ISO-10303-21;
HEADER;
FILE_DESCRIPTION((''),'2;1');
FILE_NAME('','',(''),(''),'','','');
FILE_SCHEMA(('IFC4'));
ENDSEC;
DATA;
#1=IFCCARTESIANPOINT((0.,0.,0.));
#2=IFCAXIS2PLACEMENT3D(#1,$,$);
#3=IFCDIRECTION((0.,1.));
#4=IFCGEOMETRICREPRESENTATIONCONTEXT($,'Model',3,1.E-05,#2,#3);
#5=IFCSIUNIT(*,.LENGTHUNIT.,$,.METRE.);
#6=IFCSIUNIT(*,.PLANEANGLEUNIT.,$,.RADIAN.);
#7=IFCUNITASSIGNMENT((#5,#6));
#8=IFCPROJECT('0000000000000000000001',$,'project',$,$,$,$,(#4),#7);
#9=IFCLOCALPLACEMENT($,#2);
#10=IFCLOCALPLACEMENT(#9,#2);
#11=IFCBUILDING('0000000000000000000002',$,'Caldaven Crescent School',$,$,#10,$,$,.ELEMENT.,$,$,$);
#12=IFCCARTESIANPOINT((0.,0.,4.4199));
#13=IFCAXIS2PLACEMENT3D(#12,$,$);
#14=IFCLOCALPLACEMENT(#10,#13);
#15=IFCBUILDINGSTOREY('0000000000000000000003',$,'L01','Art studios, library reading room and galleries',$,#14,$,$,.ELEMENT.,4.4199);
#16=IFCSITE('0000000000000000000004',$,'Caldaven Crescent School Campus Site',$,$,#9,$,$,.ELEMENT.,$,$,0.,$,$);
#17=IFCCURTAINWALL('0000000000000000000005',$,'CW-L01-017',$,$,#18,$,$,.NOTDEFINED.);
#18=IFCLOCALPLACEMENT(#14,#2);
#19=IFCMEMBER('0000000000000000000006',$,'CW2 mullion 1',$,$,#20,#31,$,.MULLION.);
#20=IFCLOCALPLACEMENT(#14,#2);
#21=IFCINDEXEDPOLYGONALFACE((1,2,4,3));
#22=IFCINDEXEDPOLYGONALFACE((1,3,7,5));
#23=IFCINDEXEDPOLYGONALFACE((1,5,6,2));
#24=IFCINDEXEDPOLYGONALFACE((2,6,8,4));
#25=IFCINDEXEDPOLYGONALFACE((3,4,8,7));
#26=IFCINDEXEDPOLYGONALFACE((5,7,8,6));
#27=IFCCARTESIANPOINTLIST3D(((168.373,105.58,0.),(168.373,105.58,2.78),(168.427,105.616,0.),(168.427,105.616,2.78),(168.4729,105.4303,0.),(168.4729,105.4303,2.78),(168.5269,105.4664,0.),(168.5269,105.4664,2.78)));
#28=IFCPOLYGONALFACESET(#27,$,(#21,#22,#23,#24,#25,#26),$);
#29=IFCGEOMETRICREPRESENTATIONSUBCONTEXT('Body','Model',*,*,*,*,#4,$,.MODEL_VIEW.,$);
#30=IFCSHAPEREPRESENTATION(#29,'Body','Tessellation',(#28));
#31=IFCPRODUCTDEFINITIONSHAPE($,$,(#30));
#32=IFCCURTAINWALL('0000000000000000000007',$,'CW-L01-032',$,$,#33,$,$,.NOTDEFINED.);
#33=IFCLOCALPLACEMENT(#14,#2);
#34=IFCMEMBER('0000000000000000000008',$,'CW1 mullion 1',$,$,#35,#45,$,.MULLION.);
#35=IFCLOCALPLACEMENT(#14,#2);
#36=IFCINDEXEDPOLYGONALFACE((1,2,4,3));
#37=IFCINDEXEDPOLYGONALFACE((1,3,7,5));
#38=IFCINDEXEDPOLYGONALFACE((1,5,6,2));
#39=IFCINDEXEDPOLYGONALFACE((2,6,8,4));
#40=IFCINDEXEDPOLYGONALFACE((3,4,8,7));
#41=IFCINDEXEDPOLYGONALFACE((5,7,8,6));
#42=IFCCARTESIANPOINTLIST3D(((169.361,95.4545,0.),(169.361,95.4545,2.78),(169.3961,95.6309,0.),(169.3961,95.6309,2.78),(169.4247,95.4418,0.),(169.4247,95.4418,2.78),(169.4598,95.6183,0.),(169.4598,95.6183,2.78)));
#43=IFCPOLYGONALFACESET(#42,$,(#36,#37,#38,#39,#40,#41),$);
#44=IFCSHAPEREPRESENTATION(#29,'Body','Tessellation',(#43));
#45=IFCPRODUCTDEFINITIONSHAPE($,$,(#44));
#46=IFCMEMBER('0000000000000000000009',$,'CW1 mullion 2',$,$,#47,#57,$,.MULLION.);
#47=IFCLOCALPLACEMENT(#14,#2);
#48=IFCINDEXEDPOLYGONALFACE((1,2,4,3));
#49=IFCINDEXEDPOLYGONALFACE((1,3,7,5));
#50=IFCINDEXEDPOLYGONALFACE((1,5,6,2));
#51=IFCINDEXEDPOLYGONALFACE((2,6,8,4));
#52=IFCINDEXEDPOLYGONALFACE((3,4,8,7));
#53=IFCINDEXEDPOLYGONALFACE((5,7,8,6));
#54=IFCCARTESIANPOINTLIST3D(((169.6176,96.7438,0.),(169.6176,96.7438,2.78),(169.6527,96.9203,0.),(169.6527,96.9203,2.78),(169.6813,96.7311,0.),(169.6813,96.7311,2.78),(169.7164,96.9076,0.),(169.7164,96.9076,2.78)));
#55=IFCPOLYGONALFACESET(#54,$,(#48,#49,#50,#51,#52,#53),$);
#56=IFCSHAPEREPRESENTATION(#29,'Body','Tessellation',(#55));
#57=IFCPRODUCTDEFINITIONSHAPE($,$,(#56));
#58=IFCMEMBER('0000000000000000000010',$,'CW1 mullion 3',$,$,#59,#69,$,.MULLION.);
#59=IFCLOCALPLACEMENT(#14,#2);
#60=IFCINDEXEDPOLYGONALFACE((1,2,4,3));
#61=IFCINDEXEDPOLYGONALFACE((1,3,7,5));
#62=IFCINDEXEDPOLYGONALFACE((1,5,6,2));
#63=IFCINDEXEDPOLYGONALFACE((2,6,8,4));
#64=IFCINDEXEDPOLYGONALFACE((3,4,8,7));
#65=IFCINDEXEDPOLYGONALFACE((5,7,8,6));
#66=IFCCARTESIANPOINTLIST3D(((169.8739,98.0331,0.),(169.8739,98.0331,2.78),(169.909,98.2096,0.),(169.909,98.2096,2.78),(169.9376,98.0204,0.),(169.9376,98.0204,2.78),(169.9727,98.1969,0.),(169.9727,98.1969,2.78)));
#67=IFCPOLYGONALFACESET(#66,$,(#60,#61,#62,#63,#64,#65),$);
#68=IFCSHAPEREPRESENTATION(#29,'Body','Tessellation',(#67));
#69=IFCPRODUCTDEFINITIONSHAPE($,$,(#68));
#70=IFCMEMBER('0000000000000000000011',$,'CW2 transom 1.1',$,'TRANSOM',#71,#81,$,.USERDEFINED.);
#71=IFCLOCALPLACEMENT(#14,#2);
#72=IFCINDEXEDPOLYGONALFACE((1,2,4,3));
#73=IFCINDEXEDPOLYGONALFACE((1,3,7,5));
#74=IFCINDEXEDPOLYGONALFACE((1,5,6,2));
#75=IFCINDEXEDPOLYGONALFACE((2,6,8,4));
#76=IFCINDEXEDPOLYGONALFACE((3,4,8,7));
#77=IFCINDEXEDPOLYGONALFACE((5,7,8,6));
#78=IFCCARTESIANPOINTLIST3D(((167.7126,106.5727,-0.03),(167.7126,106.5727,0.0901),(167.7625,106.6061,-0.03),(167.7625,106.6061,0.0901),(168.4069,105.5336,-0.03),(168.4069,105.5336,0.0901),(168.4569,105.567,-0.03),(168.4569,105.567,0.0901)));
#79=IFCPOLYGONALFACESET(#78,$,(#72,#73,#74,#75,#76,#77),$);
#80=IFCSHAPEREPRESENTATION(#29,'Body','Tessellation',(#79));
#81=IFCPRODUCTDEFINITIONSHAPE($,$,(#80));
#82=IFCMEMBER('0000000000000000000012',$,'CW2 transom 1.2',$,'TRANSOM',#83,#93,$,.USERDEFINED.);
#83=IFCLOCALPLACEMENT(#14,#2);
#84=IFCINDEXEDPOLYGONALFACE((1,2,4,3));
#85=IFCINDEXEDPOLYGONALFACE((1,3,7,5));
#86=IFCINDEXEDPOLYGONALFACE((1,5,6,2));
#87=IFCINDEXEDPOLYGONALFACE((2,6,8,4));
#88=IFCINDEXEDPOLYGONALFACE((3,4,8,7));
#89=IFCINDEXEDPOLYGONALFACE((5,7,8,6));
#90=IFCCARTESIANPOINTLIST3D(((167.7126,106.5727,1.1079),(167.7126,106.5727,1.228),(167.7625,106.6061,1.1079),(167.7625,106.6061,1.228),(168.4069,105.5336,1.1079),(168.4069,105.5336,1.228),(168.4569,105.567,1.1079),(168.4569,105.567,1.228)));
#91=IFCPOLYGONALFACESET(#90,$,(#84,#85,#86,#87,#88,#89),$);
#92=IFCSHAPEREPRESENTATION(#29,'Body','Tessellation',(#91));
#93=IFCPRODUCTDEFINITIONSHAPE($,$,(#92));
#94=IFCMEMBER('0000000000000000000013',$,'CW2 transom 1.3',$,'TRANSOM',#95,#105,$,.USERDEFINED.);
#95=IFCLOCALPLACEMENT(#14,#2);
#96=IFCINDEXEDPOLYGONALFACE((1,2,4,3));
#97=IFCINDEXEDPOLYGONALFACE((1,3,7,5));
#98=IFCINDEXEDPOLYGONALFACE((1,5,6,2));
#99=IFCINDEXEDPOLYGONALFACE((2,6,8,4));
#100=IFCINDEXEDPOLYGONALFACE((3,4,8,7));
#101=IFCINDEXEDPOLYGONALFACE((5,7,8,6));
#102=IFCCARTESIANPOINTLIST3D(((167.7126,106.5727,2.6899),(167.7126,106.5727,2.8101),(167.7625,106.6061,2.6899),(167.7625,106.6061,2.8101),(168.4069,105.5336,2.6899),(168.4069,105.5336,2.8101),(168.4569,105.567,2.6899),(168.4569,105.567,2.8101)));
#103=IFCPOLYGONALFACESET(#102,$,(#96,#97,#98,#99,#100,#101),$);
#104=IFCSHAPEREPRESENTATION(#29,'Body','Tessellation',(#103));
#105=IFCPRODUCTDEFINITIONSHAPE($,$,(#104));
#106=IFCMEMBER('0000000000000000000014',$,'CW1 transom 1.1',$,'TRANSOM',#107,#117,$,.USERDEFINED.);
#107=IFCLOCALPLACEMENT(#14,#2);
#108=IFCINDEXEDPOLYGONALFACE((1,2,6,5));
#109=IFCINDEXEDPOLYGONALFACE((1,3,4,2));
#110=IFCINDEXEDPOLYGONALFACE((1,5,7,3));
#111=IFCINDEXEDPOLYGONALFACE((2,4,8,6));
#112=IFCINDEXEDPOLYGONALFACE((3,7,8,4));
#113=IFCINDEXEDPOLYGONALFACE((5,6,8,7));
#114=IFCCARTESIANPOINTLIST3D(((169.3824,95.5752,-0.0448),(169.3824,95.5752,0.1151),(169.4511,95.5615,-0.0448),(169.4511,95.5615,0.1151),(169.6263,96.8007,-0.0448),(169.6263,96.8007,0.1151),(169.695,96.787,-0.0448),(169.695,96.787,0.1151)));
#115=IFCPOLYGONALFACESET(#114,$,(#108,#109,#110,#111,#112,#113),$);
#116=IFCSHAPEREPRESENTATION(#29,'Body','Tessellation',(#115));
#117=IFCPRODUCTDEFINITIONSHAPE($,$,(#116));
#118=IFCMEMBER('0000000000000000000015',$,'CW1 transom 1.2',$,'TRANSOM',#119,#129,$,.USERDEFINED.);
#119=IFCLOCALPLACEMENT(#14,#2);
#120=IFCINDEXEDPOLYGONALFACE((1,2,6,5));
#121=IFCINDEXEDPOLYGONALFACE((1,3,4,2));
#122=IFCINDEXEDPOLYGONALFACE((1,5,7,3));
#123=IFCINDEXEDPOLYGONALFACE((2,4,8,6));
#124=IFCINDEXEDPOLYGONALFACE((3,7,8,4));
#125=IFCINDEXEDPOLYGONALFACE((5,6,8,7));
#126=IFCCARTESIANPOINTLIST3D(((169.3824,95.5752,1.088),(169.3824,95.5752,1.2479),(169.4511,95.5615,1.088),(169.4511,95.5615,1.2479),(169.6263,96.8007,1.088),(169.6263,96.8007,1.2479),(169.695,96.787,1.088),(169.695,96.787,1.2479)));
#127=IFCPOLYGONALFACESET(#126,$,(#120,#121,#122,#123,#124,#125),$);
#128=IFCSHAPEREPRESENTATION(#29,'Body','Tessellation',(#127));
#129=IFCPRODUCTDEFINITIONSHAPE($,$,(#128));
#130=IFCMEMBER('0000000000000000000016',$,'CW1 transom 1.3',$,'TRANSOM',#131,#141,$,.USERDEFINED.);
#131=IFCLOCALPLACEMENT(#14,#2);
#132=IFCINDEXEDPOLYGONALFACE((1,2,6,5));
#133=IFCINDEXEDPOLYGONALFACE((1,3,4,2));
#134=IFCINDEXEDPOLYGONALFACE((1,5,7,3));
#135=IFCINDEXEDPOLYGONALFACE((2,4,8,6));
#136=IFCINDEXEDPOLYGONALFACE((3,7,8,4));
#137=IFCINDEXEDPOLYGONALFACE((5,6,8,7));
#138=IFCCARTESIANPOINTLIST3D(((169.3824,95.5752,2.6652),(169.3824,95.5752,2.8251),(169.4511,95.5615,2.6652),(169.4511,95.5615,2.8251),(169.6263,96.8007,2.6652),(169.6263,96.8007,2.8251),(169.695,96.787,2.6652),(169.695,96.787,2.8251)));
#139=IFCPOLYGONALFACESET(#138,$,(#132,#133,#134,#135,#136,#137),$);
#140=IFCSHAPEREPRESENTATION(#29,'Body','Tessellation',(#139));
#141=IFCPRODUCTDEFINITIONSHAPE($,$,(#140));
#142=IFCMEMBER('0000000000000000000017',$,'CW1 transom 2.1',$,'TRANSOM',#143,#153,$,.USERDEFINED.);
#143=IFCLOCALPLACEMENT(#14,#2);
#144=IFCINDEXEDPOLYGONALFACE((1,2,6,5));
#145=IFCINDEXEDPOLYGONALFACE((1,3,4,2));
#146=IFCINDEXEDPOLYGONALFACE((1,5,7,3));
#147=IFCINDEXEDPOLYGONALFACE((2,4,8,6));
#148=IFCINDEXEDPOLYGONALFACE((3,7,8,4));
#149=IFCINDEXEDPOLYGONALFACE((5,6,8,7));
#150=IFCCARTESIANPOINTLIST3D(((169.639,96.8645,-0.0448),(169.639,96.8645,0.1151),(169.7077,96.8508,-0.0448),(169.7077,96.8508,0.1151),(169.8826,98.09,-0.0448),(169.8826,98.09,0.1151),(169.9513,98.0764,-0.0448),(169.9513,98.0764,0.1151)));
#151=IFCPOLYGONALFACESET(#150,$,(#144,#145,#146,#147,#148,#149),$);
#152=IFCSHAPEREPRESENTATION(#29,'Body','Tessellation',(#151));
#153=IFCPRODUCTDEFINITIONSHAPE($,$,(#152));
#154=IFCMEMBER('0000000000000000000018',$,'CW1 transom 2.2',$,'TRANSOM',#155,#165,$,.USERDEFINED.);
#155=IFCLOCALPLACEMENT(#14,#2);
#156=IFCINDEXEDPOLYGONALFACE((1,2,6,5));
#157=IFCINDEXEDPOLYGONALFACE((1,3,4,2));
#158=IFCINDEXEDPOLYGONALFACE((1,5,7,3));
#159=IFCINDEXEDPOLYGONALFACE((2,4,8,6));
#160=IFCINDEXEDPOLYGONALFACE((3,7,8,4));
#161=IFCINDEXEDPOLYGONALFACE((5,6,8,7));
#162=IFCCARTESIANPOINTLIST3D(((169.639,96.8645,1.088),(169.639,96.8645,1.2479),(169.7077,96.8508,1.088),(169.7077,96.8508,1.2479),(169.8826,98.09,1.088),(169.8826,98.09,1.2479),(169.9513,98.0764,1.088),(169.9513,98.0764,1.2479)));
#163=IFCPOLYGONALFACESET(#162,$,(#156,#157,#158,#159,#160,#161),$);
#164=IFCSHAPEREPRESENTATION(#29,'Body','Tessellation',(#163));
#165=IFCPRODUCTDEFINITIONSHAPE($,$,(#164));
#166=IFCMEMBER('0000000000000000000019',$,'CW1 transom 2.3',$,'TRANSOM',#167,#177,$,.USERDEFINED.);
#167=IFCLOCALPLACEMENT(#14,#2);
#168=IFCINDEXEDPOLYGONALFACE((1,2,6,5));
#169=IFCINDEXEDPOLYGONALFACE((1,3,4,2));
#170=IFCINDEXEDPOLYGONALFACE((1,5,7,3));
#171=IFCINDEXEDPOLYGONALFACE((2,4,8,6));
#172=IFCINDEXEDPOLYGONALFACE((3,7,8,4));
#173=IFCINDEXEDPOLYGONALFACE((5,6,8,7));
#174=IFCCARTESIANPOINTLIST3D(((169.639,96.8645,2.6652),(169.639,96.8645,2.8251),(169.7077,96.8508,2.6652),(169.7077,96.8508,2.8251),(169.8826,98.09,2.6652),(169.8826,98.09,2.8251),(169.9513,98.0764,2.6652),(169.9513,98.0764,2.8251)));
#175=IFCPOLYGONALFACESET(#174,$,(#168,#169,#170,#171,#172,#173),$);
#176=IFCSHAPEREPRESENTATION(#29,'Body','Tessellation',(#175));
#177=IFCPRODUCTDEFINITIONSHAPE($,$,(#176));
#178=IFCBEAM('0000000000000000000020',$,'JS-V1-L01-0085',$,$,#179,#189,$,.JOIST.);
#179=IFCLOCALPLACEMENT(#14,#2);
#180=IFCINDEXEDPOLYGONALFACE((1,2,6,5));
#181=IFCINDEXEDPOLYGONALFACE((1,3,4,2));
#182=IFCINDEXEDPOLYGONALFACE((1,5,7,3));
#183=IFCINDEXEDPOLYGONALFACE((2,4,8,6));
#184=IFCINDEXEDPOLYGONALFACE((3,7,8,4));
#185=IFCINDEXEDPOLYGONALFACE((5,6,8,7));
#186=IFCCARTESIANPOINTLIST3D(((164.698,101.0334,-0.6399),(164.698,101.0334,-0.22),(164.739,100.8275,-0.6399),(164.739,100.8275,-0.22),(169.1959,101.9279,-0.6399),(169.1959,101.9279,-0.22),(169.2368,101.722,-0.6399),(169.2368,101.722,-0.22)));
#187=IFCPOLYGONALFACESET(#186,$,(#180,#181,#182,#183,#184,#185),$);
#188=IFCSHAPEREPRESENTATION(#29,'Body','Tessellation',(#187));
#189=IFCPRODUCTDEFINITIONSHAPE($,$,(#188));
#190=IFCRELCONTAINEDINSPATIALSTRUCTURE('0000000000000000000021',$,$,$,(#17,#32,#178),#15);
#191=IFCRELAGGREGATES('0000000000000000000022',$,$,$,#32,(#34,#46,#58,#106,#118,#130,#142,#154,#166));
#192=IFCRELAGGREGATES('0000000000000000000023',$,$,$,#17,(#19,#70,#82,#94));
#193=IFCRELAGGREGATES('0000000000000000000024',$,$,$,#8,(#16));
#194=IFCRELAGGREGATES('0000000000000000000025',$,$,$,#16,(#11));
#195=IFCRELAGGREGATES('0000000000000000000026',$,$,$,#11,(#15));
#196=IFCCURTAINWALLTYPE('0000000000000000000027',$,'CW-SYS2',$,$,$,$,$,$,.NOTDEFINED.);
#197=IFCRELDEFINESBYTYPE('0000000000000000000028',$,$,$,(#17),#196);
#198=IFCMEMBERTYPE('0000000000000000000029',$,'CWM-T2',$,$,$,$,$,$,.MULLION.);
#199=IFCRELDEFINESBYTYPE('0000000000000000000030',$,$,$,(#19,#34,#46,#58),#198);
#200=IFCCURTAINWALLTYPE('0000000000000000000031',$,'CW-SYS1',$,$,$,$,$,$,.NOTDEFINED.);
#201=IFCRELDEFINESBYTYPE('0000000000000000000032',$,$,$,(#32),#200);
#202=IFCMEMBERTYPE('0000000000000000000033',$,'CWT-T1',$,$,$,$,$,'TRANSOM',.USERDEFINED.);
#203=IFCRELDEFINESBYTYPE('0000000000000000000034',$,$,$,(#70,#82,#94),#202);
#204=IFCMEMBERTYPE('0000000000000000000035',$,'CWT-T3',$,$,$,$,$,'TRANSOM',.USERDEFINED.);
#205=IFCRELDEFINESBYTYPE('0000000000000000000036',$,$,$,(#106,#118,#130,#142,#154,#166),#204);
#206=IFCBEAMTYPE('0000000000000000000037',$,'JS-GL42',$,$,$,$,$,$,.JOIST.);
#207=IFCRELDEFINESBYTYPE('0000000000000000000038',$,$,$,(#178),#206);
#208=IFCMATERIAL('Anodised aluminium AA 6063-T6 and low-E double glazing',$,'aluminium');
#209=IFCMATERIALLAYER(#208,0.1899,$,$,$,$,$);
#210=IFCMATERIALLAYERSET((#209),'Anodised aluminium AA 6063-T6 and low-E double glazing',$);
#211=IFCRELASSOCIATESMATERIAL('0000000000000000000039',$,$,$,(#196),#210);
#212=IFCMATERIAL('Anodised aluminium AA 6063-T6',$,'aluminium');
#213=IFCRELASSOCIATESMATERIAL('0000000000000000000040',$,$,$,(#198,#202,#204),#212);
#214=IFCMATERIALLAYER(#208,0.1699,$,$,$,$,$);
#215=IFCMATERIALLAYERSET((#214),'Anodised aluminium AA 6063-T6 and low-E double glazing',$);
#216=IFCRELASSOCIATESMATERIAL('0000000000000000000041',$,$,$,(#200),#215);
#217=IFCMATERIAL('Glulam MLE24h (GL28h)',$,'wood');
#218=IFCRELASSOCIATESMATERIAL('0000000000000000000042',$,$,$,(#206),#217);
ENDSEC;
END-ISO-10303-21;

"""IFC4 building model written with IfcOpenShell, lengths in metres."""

from ifc_helpers import new_model, si_unit, direction, frame, origin, origin_2d, place, context, subcontext, project, spatial, rectangle, extrude, material, layer, layer_set, material_profile, profile_set, type_object, element, aggregate, save


model = new_model("IFC4")

# Units and contexts
model_context = context("Model", 3, precision=1e-05, world=origin(), true_north=direction((0.0, 1.0)))
body_context = subcontext(model_context, "Body", "Model", "MODEL_VIEW")
ifc_project = project(units=[si_unit("LENGTHUNIT", "METRE"), si_unit("PLANEANGLEUNIT", "RADIAN")], contexts=[model_context])

# Site, building, storey
site_placement = place(None, origin())
site = spatial("IfcSite", under=ifc_project, at=site_placement, Name="Caldaven Crescent School Campus Site", CompositionType="ELEMENT", RefElevation=0.0)
building_placement = place(site_placement, origin())
building = spatial("IfcBuilding", under=site, at=building_placement, Name="Caldaven Crescent School", CompositionType="ELEMENT")
storey_placement = place(building_placement, frame((0.0, 0.0, 4.4199)))
storey = spatial("IfcBuildingStorey", under=building, at=storey_placement, Name="L01", Description="Art studios, library reading room and galleries", CompositionType="ELEMENT", Elevation=4.4199)

# Shared definitions
ifc_material_1 = material(Name="Glulam MLE24h (GL28h)", Category="wood")

# Curtain wall, member
ifc_material_2 = material(Name="Anodised aluminium AA 6063-T6 and low-E double glazing", Category="aluminium")
ifc_layer_1 = layer(ifc_material_2, 0.1899)
ifc_layer_set_1 = layer_set([ifc_layer_1], Name="Anodised aluminium AA 6063-T6 and low-E double glazing")
curtain_wall_type_1 = type_object("IfcCurtainWallType", Name="CW-SYS2", PredefinedType="NOTDEFINED", material=ifc_layer_set_1)
curtain_wall_1_placement = place(storey_placement, origin())
curtain_wall_1 = element("IfcCurtainWall", 1, at=curtain_wall_1_placement, inside=storey, type_object=curtain_wall_type_1, Name="CW-L01-017", PredefinedType="NOTDEFINED")
ifc_material_3 = material(Name="Anodised aluminium AA 6063-T6", Category="aluminium")
ifc_material_profile_1 = material_profile(ifc_material_3, rectangle(XDim=0.0649, YDim=0.1799, at=origin_2d()), Name="CWM 65x180")
ifc_profile_set_1 = profile_set([ifc_material_profile_1], Name="Anodised aluminium AA 6063-T6")
member_type_1 = type_object("IfcMemberType", Name="CWM-T2", PredefinedType="MULLION", material=ifc_profile_set_1)
member_1_placement = place(storey_placement, frame((168.45, 105.5232, 0.0), z_axis=(0.0, 0.0, 1.0), x_axis=(-0.83147, -0.555569, 0.0)))
member_1 = element("IfcMember", 2, at=member_1_placement, type_object=member_type_1, Name="CW2 mullion 1", PredefinedType="MULLION", context=body_context, shape_type="SweptSolid", body=[
    extrude(rectangle(XDim=0.0649, YDim=0.1799, at=origin_2d()), origin(), (0.0, 0.0, 1.0), 2.78),
])

# Curtain wall, members
ifc_layer_2 = layer(ifc_material_2, 0.1699)
ifc_layer_set_2 = layer_set([ifc_layer_2], Name="Anodised aluminium AA 6063-T6 and low-E double glazing")
curtain_wall_type_2 = type_object("IfcCurtainWallType", Name="CW-SYS1", PredefinedType="NOTDEFINED", material=ifc_layer_set_2)
curtain_wall_2_placement = place(storey_placement, origin())
curtain_wall_2 = element("IfcCurtainWall", 3, at=curtain_wall_2_placement, inside=storey, type_object=curtain_wall_type_2, Name="CW-L01-032", PredefinedType="NOTDEFINED")
member_2_placement = place(storey_placement, frame((169.4104, 95.5364, 0.0), z_axis=(0.0, 0.0, 1.0), x_axis=(-0.980785, 0.19509, 0.0)))
member_2 = element("IfcMember", 4, at=member_2_placement, type_object=member_type_1, Name="CW1 mullion 1", PredefinedType="MULLION", context=body_context, shape_type="SweptSolid", body=[
    extrude(rectangle(XDim=0.0649, YDim=0.1799, at=origin_2d()), origin(), (0.0, 0.0, 1.0), 2.78),
])
member_3_placement = place(storey_placement, frame((169.667, 96.8257, 0.0), z_axis=(0.0, 0.0, 1.0), x_axis=(-0.980785, 0.19509, 0.0)))
member_3 = element("IfcMember", 5, at=member_3_placement, type_object=member_type_1, Name="CW1 mullion 2", PredefinedType="MULLION", context=body_context, shape_type="SweptSolid", body=[
    extrude(rectangle(XDim=0.0649, YDim=0.1799, at=origin_2d()), origin(), (0.0, 0.0, 1.0), 2.78),
])
member_4_placement = place(storey_placement, frame((169.9233, 98.115, 0.0), z_axis=(0.0, 0.0, 1.0), x_axis=(-0.980785, 0.19509, 0.0)))
member_4 = element("IfcMember", 6, at=member_4_placement, type_object=member_type_1, Name="CW1 mullion 3", PredefinedType="MULLION", context=body_context, shape_type="SweptSolid", body=[
    extrude(rectangle(XDim=0.0649, YDim=0.1799, at=origin_2d()), origin(), (0.0, 0.0, 1.0), 2.78),
])

# Members
ifc_material_profile_2 = material_profile(ifc_material_3, rectangle(XDim=0.0601, YDim=0.1201, at=origin_2d()), Name="CWT 60x120")
ifc_profile_set_2 = profile_set([ifc_material_profile_2], Name="Anodised aluminium AA 6063-T6")
member_type_2 = type_object("IfcMemberType", Name="CWT-T1", ElementType="TRANSOM", PredefinedType="USERDEFINED", material=ifc_profile_set_2)
member_5_placement = place(storey_placement, frame((168.4319, 105.5503, 0.03), z_axis=(-0.555602, 0.831449, 0.0), x_axis=(-0.831449, -0.555602, 0.0)))
member_5 = element("IfcMember", 7, at=member_5_placement, type_object=member_type_2, Name="CW2 transom 1.1", ObjectType="TRANSOM", PredefinedType="USERDEFINED", context=body_context, shape_type="SweptSolid", body=[
    extrude(rectangle(XDim=0.0601, YDim=0.1201, at=origin_2d()), origin(), (0.0, 0.0, 1.0), 1.2498),
])
member_6_placement = place(storey_placement, frame((168.4319, 105.5503, 1.168), z_axis=(-0.555602, 0.831449, 0.0), x_axis=(-0.831449, -0.555602, 0.0)))
member_6 = element("IfcMember", 8, at=member_6_placement, type_object=member_type_2, Name="CW2 transom 1.2", ObjectType="TRANSOM", PredefinedType="USERDEFINED", context=body_context, shape_type="SweptSolid", body=[
    extrude(rectangle(XDim=0.0601, YDim=0.1201, at=origin_2d()), origin(), (0.0, 0.0, 1.0), 1.2498),
])
member_7_placement = place(storey_placement, frame((168.4319, 105.5503, 2.75), z_axis=(-0.555602, 0.831449, 0.0), x_axis=(-0.831449, -0.555602, 0.0)))
member_7 = element("IfcMember", 9, at=member_7_placement, type_object=member_type_2, Name="CW2 transom 1.3", ObjectType="TRANSOM", PredefinedType="USERDEFINED", context=body_context, shape_type="SweptSolid", body=[
    extrude(rectangle(XDim=0.0601, YDim=0.1201, at=origin_2d()), origin(), (0.0, 0.0, 1.0), 1.2498),
])
ifc_material_profile_3 = material_profile(ifc_material_3, rectangle(XDim=0.0701, YDim=0.1599, at=origin_2d()), Name="CWT 70x160")
ifc_profile_set_3 = profile_set([ifc_material_profile_3], Name="Anodised aluminium AA 6063-T6")
member_type_3 = type_object("IfcMemberType", Name="CWT-T3", ElementType="TRANSOM", PredefinedType="USERDEFINED", material=ifc_profile_set_3)
member_8_placement = place(storey_placement, frame((169.4167, 95.5684, 0.0352), z_axis=(0.195177, 0.980768, 0.0), x_axis=(-0.980768, 0.195177, 0.0)))
member_8 = element("IfcMember", 10, at=member_8_placement, type_object=member_type_3, Name="CW1 transom 1.1", ObjectType="TRANSOM", PredefinedType="USERDEFINED", context=body_context, shape_type="SweptSolid", body=[
    extrude(rectangle(XDim=0.0701, YDim=0.1599, at=origin_2d()), origin(), (0.0, 0.0, 1.0), 1.2495),
])
member_9_placement = place(storey_placement, frame((169.4167, 95.5684, 1.168), z_axis=(0.195177, 0.980768, 0.0), x_axis=(-0.980768, 0.195177, 0.0)))
member_9 = element("IfcMember", 11, at=member_9_placement, type_object=member_type_3, Name="CW1 transom 1.2", ObjectType="TRANSOM", PredefinedType="USERDEFINED", context=body_context, shape_type="SweptSolid", body=[
    extrude(rectangle(XDim=0.0701, YDim=0.1599, at=origin_2d()), origin(), (0.0, 0.0, 1.0), 1.2495),
])
member_10_placement = place(storey_placement, frame((169.4167, 95.5684, 2.7451), z_axis=(0.195177, 0.980768, 0.0), x_axis=(-0.980768, 0.195177, 0.0)))
member_10 = element("IfcMember", 12, at=member_10_placement, type_object=member_type_3, Name="CW1 transom 1.3", ObjectType="TRANSOM", PredefinedType="USERDEFINED", context=body_context, shape_type="SweptSolid", body=[
    extrude(rectangle(XDim=0.0701, YDim=0.1599, at=origin_2d()), origin(), (0.0, 0.0, 1.0), 1.2495),
])
member_11_placement = place(storey_placement, frame((169.6733, 96.8577, 0.0352), z_axis=(0.194989, 0.980805, 0.0), x_axis=(-0.980805, 0.194989, 0.0)))
member_11 = element("IfcMember", 13, at=member_11_placement, type_object=member_type_3, Name="CW1 transom 2.1", ObjectType="TRANSOM", PredefinedType="USERDEFINED", context=body_context, shape_type="SweptSolid", body=[
    extrude(rectangle(XDim=0.0701, YDim=0.1599, at=origin_2d()), origin(), (0.0, 0.0, 1.0), 1.2495),
])
member_12_placement = place(storey_placement, frame((169.6733, 96.8577, 1.168), z_axis=(0.194989, 0.980805, 0.0), x_axis=(-0.980805, 0.194989, 0.0)))
member_12 = element("IfcMember", 14, at=member_12_placement, type_object=member_type_3, Name="CW1 transom 2.2", ObjectType="TRANSOM", PredefinedType="USERDEFINED", context=body_context, shape_type="SweptSolid", body=[
    extrude(rectangle(XDim=0.0701, YDim=0.1599, at=origin_2d()), origin(), (0.0, 0.0, 1.0), 1.2495),
])
member_13_placement = place(storey_placement, frame((169.6733, 96.8577, 2.7451), z_axis=(0.194989, 0.980805, 0.0), x_axis=(-0.980805, 0.194989, 0.0)))
member_13 = element("IfcMember", 15, at=member_13_placement, type_object=member_type_3, Name="CW1 transom 2.3", ObjectType="TRANSOM", PredefinedType="USERDEFINED", context=body_context, shape_type="SweptSolid", body=[
    extrude(rectangle(XDim=0.0701, YDim=0.1599, at=origin_2d()), origin(), (0.0, 0.0, 1.0), 1.2495),
])

# Beam
ifc_material_profile_4 = material_profile(ifc_material_1, rectangle(XDim=0.21, YDim=0.4199, at=origin_2d()), Name="MLE 210x420")
ifc_profile_set_4 = profile_set([ifc_material_profile_4], Name="Glulam MLE24h (GL28h)")
beam_type_1 = type_object("IfcBeamType", Name="JS-GL42", PredefinedType="JOIST", material=ifc_profile_set_4)
for number, where, z_axis, x_axis, name in (
    (16, (164.7185, 100.9304, -0.4299), (0.980791, 0.195062, 0.0), (-0.195062, 0.980791, 0.0), "JS-V1-L01-0085"),
):
    element("IfcBeam", number, at=place(storey_placement, frame(where, z_axis=z_axis, x_axis=x_axis)), inside=storey, type_object=beam_type_1, Name=name, PredefinedType="JOIST", context=body_context, shape_type="SweptSolid", body=[
        extrude(rectangle(XDim=0.21, YDim=0.4199, at=origin_2d()), origin(), (0.0, 0.0, 1.0), 4.5859),
    ])

aggregate(curtain_wall_2, [member_2, member_3, member_4, member_8, member_9, member_10, member_11, member_12, member_13])
aggregate(curtain_wall_1, [member_1, member_5, member_6, member_7])

save(model, "model.ifc")
